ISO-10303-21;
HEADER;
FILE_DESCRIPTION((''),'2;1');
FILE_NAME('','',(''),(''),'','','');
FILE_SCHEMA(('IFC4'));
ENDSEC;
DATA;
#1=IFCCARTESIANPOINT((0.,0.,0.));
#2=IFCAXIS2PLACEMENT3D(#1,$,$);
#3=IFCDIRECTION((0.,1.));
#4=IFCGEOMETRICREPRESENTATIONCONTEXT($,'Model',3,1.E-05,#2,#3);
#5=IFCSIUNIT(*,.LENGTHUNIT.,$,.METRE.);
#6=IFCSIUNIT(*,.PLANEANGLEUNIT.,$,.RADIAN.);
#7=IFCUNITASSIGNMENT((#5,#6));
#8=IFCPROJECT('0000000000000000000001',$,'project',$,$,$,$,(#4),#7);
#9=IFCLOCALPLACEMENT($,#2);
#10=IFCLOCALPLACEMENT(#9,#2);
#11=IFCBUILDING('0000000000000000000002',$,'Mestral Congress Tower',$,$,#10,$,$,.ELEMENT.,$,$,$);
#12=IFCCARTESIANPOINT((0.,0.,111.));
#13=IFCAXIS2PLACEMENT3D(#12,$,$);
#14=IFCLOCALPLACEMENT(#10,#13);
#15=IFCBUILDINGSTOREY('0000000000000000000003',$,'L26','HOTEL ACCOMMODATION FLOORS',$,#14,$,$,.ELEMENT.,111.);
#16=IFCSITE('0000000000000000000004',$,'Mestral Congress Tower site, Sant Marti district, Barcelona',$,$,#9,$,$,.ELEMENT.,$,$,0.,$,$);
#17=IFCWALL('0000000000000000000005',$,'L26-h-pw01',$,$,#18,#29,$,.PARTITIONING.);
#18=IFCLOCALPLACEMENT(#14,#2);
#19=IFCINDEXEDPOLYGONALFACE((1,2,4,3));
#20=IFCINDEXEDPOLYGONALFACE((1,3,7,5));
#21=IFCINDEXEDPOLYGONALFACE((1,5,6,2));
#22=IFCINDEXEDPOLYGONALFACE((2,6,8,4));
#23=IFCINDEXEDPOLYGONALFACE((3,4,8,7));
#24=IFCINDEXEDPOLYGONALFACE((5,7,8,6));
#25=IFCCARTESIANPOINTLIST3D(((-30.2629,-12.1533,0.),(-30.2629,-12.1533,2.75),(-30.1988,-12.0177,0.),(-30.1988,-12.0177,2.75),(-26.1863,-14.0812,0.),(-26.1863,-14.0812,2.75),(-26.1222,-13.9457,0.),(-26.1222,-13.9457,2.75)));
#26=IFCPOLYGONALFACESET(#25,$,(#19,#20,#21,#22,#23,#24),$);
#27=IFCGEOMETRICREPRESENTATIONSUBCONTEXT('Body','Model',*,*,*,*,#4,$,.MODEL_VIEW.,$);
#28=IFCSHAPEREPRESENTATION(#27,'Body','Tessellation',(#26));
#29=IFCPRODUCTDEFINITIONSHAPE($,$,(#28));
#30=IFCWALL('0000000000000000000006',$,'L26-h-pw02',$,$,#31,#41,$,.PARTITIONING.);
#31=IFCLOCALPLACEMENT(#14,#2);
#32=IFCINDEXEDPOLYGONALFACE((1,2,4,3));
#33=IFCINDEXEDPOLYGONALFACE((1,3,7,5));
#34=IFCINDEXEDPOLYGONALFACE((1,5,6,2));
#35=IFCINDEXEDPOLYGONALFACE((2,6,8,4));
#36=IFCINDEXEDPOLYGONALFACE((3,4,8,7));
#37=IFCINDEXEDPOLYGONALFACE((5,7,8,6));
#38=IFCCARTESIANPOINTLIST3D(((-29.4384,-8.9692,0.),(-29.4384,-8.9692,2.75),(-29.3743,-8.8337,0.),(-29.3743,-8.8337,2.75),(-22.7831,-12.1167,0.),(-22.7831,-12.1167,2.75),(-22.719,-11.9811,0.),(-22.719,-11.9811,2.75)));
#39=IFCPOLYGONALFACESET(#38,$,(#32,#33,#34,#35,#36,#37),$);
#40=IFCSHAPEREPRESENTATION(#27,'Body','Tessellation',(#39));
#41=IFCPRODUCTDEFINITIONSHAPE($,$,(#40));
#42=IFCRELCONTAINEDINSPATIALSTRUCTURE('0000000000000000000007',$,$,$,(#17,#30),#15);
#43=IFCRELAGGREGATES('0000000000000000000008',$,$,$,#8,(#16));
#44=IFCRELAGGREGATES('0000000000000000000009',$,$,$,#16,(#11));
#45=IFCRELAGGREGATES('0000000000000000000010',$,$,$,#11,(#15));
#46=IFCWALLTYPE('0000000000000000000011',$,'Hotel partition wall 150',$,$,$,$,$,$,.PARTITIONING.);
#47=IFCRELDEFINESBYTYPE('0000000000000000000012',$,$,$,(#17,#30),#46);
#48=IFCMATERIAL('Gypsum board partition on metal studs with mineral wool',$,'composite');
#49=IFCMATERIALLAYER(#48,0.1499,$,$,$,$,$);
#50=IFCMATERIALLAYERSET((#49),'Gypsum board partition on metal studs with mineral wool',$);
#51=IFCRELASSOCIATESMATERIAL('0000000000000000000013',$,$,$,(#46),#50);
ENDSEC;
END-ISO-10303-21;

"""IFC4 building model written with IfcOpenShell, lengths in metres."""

from ifc_helpers import new_model, si_unit, direction, frame, frame_2d, origin, place, context, subcontext, project, spatial, rectangle, extrude, material, layer, layer_set, type_object, element, save


model = new_model("IFC4")

# Units and contexts
model_context = context("Model", 3, precision=1e-05, world=origin(), true_north=direction((0.0, 1.0)))
body_context = subcontext(model_context, "Body", "Model", "MODEL_VIEW")
ifc_project = project(units=[si_unit("LENGTHUNIT", "METRE"), si_unit("PLANEANGLEUNIT", "RADIAN")], contexts=[model_context])

# Site, building, storey
site_placement = place(None, origin())
site = spatial("IfcSite", under=ifc_project, at=site_placement, Name="Mestral Congress Tower site, Sant Marti district, Barcelona", CompositionType="ELEMENT", RefElevation=0.0)
building_placement = place(site_placement, origin())
building = spatial("IfcBuilding", under=site, at=building_placement, Name="Mestral Congress Tower", CompositionType="ELEMENT")
storey_placement = place(building_placement, frame((0.0, 0.0, 111.0)))
storey = spatial("IfcBuildingStorey", under=building, at=storey_placement, Name="L26", Description="HOTEL ACCOMMODATION FLOORS", CompositionType="ELEMENT", Elevation=111.0)

# Walls
ifc_material_1 = material(Name="Gypsum board partition on metal studs with mineral wool", Category="composite")
ifc_layer_1 = layer(ifc_material_1, 0.1499)
ifc_layer_set_1 = layer_set([ifc_layer_1], Name="Gypsum board partition on metal studs with mineral wool")
wall_type_1 = type_object("IfcWallType", Name="Hotel partition wall 150", PredefinedType="PARTITIONING", material=ifc_layer_set_1)
wall_1_placement = place(storey_placement, frame((-30.231, -12.0854, 0.0), z_axis=(0.0, 0.0, 1.0), x_axis=(0.904001, -0.42753, 0.0)))
element("IfcWall", 1, at=wall_1_placement, inside=storey, type_object=wall_type_1, Name="L26-h-pw01", PredefinedType="PARTITIONING", context=body_context, shape_type="SweptSolid", body=[
    extrude(rectangle(XDim=4.5095, YDim=0.1499, at=frame_2d((2.2549, 0.0))), origin(), (0.0, 0.0, 1.0), 2.75),
])
wall_2_placement = place(storey_placement, frame((-29.4065, -8.9014, 0.0), z_axis=(0.0, 0.0, 1.0), x_axis=(0.904002, -0.427527, 0.0)))
element("IfcWall", 2, at=wall_2_placement, inside=storey, type_object=wall_type_1, Name="L26-h-pw02", PredefinedType="PARTITIONING", context=body_context, shape_type="SweptSolid", body=[
    extrude(rectangle(XDim=7.3621, YDim=0.1499, at=frame_2d((3.6812, 0.0))), origin(), (0.0, 0.0, 1.0), 2.75),
])

save(model, "model.ifc")
